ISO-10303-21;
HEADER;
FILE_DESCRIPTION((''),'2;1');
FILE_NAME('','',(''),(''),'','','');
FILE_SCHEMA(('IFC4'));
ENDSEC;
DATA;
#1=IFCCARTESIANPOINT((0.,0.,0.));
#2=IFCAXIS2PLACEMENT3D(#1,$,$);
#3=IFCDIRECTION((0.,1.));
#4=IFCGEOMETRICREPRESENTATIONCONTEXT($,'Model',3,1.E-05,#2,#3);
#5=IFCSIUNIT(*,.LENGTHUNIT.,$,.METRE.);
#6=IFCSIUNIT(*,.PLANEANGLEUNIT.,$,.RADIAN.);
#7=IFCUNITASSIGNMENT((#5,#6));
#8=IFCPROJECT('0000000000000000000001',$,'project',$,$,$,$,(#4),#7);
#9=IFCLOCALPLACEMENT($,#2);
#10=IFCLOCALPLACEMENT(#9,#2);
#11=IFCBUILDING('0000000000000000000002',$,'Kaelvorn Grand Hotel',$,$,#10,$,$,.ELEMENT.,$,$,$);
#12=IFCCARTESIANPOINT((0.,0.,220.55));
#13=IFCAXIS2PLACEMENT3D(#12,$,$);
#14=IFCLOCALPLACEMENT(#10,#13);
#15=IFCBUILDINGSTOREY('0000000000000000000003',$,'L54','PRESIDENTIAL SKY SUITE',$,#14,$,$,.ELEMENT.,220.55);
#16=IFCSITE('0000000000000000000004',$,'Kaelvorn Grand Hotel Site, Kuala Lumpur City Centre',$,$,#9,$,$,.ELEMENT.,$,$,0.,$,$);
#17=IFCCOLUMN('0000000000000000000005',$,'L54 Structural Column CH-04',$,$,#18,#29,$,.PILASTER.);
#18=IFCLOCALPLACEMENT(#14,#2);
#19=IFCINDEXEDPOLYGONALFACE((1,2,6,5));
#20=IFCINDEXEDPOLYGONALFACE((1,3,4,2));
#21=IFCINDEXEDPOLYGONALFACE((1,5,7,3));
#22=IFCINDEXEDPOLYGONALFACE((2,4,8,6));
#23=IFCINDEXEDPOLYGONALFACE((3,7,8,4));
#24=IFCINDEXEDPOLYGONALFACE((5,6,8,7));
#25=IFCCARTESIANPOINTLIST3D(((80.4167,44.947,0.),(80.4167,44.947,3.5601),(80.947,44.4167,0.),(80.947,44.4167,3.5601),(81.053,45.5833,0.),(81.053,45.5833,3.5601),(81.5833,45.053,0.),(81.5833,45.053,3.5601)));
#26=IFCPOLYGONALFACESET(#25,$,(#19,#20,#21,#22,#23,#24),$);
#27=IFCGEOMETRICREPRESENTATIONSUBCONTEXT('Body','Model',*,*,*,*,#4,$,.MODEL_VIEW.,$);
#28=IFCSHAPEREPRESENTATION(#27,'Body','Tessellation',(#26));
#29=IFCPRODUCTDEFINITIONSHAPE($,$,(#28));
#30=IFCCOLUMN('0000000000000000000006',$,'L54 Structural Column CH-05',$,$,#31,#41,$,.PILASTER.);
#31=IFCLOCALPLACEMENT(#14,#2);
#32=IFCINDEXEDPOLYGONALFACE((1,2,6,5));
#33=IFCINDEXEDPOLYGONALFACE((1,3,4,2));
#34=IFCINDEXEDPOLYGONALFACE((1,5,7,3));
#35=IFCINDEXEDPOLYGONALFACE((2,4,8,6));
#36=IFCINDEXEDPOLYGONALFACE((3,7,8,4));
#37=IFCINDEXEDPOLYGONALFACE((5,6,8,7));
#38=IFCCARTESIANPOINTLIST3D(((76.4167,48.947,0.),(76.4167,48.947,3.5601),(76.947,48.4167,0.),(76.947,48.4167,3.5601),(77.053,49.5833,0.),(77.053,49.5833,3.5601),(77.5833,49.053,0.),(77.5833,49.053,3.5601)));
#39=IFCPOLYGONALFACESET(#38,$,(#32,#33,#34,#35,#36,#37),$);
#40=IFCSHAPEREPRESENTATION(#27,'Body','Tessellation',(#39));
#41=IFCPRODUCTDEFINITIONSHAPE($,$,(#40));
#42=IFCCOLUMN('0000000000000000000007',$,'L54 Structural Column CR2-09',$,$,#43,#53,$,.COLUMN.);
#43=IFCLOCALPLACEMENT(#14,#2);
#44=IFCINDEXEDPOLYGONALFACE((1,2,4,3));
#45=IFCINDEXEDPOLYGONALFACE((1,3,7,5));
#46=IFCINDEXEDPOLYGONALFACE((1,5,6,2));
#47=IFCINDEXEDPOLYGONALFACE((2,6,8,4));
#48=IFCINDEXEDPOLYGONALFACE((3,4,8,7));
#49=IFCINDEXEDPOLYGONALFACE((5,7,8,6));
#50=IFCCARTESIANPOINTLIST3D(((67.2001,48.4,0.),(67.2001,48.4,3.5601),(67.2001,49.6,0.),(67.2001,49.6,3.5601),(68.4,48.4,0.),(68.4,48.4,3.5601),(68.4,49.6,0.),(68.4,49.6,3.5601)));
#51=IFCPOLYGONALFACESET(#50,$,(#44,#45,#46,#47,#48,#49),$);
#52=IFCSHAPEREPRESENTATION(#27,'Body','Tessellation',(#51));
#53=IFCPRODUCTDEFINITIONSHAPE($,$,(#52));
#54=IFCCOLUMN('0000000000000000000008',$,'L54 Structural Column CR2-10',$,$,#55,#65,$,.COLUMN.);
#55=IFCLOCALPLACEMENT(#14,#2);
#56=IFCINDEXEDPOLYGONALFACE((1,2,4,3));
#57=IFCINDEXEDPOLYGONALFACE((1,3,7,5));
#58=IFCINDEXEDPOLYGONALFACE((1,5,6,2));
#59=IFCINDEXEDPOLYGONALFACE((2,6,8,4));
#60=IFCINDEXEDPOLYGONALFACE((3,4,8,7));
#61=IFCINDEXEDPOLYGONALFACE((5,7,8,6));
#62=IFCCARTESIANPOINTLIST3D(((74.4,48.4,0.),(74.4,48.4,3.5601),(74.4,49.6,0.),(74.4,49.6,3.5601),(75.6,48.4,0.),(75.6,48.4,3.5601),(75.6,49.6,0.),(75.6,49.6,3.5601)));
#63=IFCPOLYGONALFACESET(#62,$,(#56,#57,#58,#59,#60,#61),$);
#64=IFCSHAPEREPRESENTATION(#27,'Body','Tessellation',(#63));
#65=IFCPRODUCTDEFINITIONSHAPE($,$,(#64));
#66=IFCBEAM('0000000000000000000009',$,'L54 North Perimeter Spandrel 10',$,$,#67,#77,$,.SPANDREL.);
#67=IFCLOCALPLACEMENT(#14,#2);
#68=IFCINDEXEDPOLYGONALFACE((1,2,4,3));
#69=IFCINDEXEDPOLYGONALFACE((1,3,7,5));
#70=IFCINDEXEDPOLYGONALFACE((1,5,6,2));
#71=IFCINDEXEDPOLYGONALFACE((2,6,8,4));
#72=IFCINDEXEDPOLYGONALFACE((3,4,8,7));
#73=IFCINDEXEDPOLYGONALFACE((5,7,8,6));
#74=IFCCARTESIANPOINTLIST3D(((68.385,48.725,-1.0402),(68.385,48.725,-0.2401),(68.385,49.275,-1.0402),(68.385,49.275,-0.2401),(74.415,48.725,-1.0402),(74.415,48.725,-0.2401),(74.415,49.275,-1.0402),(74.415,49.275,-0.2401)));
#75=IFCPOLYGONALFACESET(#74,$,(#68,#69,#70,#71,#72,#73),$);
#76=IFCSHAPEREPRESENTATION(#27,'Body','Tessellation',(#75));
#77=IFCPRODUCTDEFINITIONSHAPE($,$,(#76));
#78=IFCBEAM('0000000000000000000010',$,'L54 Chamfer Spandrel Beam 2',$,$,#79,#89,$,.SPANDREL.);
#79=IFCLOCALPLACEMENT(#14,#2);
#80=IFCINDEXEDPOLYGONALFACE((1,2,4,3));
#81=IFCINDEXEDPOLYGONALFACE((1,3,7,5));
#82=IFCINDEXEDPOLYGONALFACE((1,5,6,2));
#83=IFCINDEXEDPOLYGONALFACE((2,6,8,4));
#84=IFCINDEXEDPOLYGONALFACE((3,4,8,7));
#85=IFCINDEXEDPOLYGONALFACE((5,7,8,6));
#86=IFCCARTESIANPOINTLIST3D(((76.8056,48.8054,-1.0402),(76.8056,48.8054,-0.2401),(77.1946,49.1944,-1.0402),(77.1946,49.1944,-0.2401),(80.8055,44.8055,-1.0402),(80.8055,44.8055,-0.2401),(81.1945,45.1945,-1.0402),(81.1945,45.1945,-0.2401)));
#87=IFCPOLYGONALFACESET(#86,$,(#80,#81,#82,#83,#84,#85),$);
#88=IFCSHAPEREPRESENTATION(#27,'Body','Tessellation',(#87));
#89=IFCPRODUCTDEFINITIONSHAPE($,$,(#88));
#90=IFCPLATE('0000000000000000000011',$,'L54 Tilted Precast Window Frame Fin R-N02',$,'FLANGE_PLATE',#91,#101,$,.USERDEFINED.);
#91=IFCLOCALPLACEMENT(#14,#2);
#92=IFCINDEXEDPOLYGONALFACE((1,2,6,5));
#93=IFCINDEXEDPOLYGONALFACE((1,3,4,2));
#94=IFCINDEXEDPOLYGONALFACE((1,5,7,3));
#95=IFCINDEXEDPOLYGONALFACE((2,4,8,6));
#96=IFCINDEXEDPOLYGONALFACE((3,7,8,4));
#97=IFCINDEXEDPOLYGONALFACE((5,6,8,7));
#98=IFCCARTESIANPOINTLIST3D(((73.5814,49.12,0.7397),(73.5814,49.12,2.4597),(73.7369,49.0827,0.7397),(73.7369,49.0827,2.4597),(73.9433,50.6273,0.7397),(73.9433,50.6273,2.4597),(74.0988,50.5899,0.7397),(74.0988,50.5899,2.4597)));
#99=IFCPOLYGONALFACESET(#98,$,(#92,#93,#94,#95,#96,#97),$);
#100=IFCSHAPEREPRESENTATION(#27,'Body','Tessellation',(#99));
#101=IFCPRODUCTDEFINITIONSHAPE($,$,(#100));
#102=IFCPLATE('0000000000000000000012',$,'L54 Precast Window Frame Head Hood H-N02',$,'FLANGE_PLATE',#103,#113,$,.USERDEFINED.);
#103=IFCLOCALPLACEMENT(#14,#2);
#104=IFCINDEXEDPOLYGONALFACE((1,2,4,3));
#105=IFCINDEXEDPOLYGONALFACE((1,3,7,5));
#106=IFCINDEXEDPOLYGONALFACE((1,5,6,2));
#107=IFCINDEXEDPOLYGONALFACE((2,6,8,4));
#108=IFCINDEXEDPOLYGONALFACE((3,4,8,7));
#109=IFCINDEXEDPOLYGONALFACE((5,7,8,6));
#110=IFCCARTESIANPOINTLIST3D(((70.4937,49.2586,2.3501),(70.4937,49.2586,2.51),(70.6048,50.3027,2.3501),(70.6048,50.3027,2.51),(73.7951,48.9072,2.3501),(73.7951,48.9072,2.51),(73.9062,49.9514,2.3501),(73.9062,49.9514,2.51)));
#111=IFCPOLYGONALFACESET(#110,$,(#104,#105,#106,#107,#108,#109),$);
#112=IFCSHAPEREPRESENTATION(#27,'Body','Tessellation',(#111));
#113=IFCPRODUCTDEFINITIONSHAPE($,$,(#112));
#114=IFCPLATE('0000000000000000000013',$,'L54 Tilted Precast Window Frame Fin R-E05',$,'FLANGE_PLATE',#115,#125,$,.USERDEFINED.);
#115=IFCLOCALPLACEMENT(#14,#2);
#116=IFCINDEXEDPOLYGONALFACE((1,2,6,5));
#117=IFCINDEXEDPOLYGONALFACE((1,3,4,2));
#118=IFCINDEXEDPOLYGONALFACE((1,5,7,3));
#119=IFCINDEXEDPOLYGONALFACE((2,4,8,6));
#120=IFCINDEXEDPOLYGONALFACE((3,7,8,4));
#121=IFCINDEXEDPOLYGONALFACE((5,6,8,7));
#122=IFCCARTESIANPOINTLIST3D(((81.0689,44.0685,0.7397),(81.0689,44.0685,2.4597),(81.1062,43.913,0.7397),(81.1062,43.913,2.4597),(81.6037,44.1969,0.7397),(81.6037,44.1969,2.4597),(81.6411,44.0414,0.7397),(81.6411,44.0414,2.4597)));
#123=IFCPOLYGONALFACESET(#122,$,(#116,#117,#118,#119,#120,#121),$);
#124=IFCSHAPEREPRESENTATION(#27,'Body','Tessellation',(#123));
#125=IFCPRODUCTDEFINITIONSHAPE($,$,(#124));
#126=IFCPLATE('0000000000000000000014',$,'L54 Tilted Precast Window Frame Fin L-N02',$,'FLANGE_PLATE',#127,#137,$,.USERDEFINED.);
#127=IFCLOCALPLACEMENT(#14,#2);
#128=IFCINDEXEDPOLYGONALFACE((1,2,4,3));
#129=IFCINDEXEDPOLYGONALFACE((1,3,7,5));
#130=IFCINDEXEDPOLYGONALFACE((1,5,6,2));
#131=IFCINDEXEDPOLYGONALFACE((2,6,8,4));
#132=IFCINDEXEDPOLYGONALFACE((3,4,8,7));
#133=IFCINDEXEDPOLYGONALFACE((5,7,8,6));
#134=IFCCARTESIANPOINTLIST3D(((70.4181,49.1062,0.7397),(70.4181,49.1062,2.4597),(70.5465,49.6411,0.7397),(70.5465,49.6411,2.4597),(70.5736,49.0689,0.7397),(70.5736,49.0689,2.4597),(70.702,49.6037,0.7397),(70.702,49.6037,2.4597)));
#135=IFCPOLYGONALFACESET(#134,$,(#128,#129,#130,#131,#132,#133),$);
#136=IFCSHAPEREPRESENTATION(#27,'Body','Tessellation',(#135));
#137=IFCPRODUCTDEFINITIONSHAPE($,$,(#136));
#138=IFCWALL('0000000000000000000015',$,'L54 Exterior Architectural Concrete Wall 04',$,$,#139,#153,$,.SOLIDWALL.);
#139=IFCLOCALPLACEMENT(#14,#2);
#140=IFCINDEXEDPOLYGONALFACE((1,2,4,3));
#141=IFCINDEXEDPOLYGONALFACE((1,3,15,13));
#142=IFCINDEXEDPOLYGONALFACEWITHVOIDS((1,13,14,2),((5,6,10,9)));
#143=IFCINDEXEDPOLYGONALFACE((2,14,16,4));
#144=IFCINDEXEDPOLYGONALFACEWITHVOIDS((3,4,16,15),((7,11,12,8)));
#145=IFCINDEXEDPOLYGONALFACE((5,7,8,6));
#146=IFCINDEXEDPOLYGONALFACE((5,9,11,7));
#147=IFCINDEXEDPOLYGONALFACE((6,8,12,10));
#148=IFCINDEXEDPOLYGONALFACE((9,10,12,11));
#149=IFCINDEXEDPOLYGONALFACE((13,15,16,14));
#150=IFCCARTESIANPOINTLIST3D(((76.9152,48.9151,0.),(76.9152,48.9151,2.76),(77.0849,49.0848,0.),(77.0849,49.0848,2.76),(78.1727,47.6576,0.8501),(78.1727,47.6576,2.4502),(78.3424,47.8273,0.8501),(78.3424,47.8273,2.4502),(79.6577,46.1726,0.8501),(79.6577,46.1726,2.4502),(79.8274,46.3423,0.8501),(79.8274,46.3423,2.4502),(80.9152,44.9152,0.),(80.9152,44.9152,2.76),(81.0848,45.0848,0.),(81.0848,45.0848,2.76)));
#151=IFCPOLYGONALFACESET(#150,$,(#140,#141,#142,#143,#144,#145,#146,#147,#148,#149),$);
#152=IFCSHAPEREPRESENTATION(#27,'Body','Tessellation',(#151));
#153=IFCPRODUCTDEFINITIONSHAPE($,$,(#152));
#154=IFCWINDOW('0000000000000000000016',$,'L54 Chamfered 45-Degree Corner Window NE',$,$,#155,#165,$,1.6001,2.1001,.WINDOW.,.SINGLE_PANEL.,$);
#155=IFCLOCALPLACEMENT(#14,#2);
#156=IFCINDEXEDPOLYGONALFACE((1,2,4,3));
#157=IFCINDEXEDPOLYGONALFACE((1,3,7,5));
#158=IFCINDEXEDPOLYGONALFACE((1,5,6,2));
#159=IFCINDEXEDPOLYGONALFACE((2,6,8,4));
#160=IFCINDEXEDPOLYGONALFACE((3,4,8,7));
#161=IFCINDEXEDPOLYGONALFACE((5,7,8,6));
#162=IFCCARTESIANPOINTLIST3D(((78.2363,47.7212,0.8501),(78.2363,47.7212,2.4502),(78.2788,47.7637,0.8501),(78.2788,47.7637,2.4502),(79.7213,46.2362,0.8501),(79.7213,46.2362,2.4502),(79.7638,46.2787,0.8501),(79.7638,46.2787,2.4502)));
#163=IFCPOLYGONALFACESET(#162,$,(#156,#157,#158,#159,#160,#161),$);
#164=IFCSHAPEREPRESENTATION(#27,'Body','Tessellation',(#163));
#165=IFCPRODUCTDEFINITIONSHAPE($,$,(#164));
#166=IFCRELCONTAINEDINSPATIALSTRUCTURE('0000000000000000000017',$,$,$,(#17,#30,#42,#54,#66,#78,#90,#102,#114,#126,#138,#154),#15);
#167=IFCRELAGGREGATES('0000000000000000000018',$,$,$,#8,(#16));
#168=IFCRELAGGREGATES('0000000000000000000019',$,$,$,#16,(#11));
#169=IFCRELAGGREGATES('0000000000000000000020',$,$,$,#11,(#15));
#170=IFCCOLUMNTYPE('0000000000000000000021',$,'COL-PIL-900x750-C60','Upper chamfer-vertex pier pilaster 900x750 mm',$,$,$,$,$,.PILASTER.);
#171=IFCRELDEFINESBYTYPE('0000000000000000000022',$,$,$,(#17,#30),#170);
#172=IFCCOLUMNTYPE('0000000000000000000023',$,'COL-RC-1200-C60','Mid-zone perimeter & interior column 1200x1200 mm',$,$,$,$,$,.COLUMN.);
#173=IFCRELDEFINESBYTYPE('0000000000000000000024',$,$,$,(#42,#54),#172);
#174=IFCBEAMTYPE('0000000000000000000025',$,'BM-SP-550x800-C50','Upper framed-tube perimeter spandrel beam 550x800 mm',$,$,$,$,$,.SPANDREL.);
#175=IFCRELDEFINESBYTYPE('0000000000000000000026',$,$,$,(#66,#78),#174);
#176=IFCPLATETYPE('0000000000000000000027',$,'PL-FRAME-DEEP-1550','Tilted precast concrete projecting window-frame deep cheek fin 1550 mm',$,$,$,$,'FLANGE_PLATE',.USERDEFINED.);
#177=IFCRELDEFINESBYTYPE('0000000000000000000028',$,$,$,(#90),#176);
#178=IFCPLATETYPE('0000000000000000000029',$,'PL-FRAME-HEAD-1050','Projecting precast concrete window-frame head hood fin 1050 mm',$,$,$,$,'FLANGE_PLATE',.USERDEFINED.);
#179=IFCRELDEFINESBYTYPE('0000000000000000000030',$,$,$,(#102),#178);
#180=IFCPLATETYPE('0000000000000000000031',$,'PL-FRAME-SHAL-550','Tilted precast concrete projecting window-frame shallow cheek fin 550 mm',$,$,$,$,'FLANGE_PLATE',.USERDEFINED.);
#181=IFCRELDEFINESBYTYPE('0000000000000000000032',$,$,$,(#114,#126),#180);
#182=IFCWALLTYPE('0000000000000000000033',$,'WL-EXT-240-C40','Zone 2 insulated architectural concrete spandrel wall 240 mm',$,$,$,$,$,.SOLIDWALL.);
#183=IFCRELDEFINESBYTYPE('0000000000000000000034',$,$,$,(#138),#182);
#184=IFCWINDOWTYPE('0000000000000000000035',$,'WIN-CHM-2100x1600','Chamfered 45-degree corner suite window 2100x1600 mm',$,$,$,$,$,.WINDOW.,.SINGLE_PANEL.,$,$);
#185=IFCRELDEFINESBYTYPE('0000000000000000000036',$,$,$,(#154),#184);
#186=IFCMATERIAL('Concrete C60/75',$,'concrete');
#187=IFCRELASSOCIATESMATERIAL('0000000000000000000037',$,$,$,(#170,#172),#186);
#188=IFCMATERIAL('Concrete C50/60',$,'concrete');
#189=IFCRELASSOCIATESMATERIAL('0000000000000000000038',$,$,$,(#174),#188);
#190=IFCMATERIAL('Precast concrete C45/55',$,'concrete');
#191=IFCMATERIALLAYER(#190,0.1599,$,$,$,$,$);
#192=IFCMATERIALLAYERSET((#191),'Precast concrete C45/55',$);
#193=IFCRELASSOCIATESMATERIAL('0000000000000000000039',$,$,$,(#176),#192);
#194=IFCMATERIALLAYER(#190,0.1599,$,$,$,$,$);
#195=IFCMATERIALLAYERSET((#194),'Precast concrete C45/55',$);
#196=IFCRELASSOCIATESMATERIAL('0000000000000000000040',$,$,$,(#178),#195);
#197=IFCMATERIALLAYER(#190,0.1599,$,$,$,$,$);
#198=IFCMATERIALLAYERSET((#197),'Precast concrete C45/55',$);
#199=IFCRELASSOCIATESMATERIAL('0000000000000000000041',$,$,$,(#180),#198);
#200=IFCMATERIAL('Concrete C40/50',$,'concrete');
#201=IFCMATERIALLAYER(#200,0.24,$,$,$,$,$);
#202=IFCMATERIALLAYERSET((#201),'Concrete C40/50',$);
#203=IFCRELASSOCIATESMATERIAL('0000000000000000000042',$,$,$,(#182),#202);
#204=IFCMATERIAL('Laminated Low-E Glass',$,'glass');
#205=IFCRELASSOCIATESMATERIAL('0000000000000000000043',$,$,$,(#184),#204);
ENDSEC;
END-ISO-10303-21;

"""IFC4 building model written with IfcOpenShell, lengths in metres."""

from ifc_helpers import new_model, si_unit, direction, frame, frame_2d, origin, origin_2d, place, context, subcontext, project, spatial, rectangle, extrude, material, layer, layer_set, material_profile, profile_set, type_object, element, fill, save


model = new_model("IFC4")

# Units and contexts
model_context = context("Model", 3, precision=1e-05, world=origin(), true_north=direction((0.0, 1.0)))
body_context = subcontext(model_context, "Body", "Model", "MODEL_VIEW")
ifc_project = project(units=[si_unit("LENGTHUNIT", "METRE"), si_unit("PLANEANGLEUNIT", "RADIAN")], contexts=[model_context])

# Site, building, storey
site_placement = place(None, origin())
site = spatial("IfcSite", under=ifc_project, at=site_placement, Name="Kaelvorn Grand Hotel Site, Kuala Lumpur City Centre", CompositionType="ELEMENT", RefElevation=0.0)
building_placement = place(site_placement, origin())
building = spatial("IfcBuilding", under=site, at=building_placement, Name="Kaelvorn Grand Hotel", CompositionType="ELEMENT")
storey_placement = place(building_placement, frame((0.0, 0.0, 220.55)))
storey = spatial("IfcBuildingStorey", under=building, at=storey_placement, Name="L54", Description="PRESIDENTIAL SKY SUITE", CompositionType="ELEMENT", Elevation=220.55)

# Columns
ifc_material_1 = material(Name="Concrete C60/75", Category="concrete")
ifc_material_profile_1 = material_profile(ifc_material_1, rectangle(XDim=0.8999, YDim=0.75, at=origin_2d()), Name="RC PILASTER 900x750")
ifc_profile_set_1 = profile_set([ifc_material_profile_1], Name="Concrete C60/75")
column_type_1 = type_object("IfcColumnType", Name="COL-PIL-900x750-C60", Description="Upper chamfer-vertex pier pilaster 900x750 mm", PredefinedType="PILASTER", material=ifc_profile_set_1)
for number, where, z_axis, x_axis, name in (
    (1, (81.0, 45.0, 0.0), (0.0, 0.0, 1.0), (0.707107, 0.707107, 0.0), "L54 Structural Column CH-04"),
    (2, (77.0, 49.0, 0.0), (0.0, 0.0, 1.0), (0.707107, 0.707107, 0.0), "L54 Structural Column CH-05"),
):
    element("IfcColumn", number, at=place(storey_placement, frame(where, z_axis=z_axis, x_axis=x_axis)), inside=storey, type_object=column_type_1, Name=name, PredefinedType="PILASTER", context=body_context, shape_type="SweptSolid", body=[
        extrude(rectangle(XDim=0.8999, YDim=0.75, at=origin_2d()), origin(), (0.0, 0.0, 1.0), 3.5601),
    ])
ifc_material_profile_2 = material_profile(ifc_material_1, rectangle(XDim=1.2, YDim=1.2, at=origin_2d()), Name="RC COL 1200x1200")
ifc_profile_set_2 = profile_set([ifc_material_profile_2], Name="Concrete C60/75")
column_type_2 = type_object("IfcColumnType", Name="COL-RC-1200-C60", Description="Mid-zone perimeter & interior column 1200x1200 mm", PredefinedType="COLUMN", material=ifc_profile_set_2)
for number, where, z_axis, x_axis, name in (
    (3, (67.8, 49.0, 0.0), (0.0, 0.0, 1.0), (1.0, 0.0, 0.0), "L54 Structural Column CR2-09"),
    (4, (75.0, 49.0, 0.0), (0.0, 0.0, 1.0), (1.0, 0.0, 0.0), "L54 Structural Column CR2-10"),
):
    element("IfcColumn", number, at=place(storey_placement, frame(where, z_axis=z_axis, x_axis=x_axis)), inside=storey, type_object=column_type_2, Name=name, PredefinedType="COLUMN", context=body_context, shape_type="SweptSolid", body=[
        extrude(rectangle(XDim=1.2, YDim=1.2, at=origin_2d()), origin(), (0.0, 0.0, 1.0), 3.5601),
    ])

# Beams
ifc_material_2 = material(Name="Concrete C50/60", Category="concrete")
ifc_material_profile_3 = material_profile(ifc_material_2, rectangle(XDim=0.55, YDim=0.8, at=origin_2d()), Name="RC SPANDREL 550x800")
ifc_profile_set_3 = profile_set([ifc_material_profile_3], Name="Concrete C50/60")
beam_type = type_object("IfcBeamType", Name="BM-SP-550x800-C50", Description="Upper framed-tube perimeter spandrel beam 550x800 mm", PredefinedType="SPANDREL", material=ifc_profile_set_3)
beam_1_placement = place(storey_placement, frame((68.385, 49.0, -0.6401), z_axis=(1.0, 0.0, 0.0), x_axis=(0.0, 1.0, 0.0)))
element("IfcBeam", 5, at=beam_1_placement, inside=storey, type_object=beam_type, Name="L54 North Perimeter Spandrel 10", PredefinedType="SPANDREL", context=body_context, shape_type="SweptSolid", body=[
    extrude(rectangle(XDim=0.55, YDim=0.8, at=origin_2d()), origin(), (0.0, 0.0, 1.0), 6.03),
])
beam_2_placement = place(storey_placement, frame((81.0, 45.0, -0.6401), z_axis=(-0.707107, 0.707107, 0.0), x_axis=(-0.707107, -0.707107, 0.0)))
element("IfcBeam", 6, at=beam_2_placement, inside=storey, type_object=beam_type, Name="L54 Chamfer Spandrel Beam 2", PredefinedType="SPANDREL", context=body_context, shape_type="SweptSolid", body=[
    extrude(rectangle(XDim=0.55, YDim=0.8, at=origin_2d()), origin(), (0.0, 0.0, 1.0), 5.6567),
])

# Plates
ifc_material_3 = material(Name="Precast concrete C45/55", Category="concrete")
ifc_layer_1 = layer(ifc_material_3, 0.1599)
ifc_layer_set_1 = layer_set([ifc_layer_1], Name="Precast concrete C45/55")
plate_type_1 = type_object("IfcPlateType", Name="PL-FRAME-DEEP-1550", Description="Tilted precast concrete projecting window-frame deep cheek fin 1550 mm", ElementType="FLANGE_PLATE", PredefinedType="USERDEFINED", material=ifc_layer_set_1)
plate_1_placement = place(storey_placement, frame((73.8401, 49.855, 0.7397), z_axis=(0.0, 0.0, 1.0), x_axis=(0.97237, -0.233445, 0.0)))
element("IfcPlate", 7, at=plate_1_placement, inside=storey, type_object=plate_type_1, Name="L54 Tilted Precast Window Frame Fin R-N02", ObjectType="FLANGE_PLATE", PredefinedType="USERDEFINED", context=body_context, shape_type="SweptSolid", body=[
    extrude(rectangle(XDim=0.1599, YDim=1.55, at=origin_2d()), origin(), (0.0, 0.0, 1.0), 1.72),
])
ifc_layer_2 = layer(ifc_material_3, 0.1599)
ifc_layer_set_2 = layer_set([ifc_layer_2], Name="Precast concrete C45/55")
plate_type_2 = type_object("IfcPlateType", Name="PL-FRAME-HEAD-1050", Description="Projecting precast concrete window-frame head hood fin 1050 mm", ElementType="FLANGE_PLATE", PredefinedType="USERDEFINED", material=ifc_layer_set_2)
plate_2_placement = place(storey_placement, frame((72.2, 49.605, 2.3501), z_axis=(0.0, 0.0, 1.0), x_axis=(0.994384, -0.10583, 0.0)))
element("IfcPlate", 8, at=plate_2_placement, inside=storey, type_object=plate_type_2, Name="L54 Precast Window Frame Head Hood H-N02", ObjectType="FLANGE_PLATE", PredefinedType="USERDEFINED", context=body_context, shape_type="SweptSolid", body=[
    extrude(rectangle(XDim=3.3201, YDim=1.05, at=origin_2d()), origin(), (0.0, 0.0, 1.0), 0.1599),
])
ifc_layer_3 = layer(ifc_material_3, 0.1599)
ifc_layer_set_3 = layer_set([ifc_layer_3], Name="Precast concrete C45/55")
plate_type_3 = type_object("IfcPlateType", Name="PL-FRAME-SHAL-550", Description="Tilted precast concrete projecting window-frame shallow cheek fin 550 mm", ElementType="FLANGE_PLATE", PredefinedType="USERDEFINED", material=ifc_layer_set_3)
for number, where, z_axis, x_axis, name in (
    (9, (81.355, 44.0549, 0.7397), (0.0, 0.0, 1.0), (-0.233445, 0.97237, 0.0), "L54 Tilted Precast Window Frame Fin R-E05"),
    (10, (70.5601, 49.355, 0.7397), (0.0, 0.0, 1.0), (0.97237, -0.233445, 0.0), "L54 Tilted Precast Window Frame Fin L-N02"),
):
    element("IfcPlate", number, at=place(storey_placement, frame(where, z_axis=z_axis, x_axis=x_axis)), inside=storey, type_object=plate_type_3, Name=name, ObjectType="FLANGE_PLATE", PredefinedType="USERDEFINED", context=body_context, shape_type="SweptSolid", body=[
        extrude(rectangle(XDim=0.1599, YDim=0.55, at=origin_2d()), origin(), (0.0, 0.0, 1.0), 1.72),
    ])

# Wall, opening, window
ifc_material_4 = material(Name="Concrete C40/50", Category="concrete")
ifc_layer_4 = layer(ifc_material_4, 0.24)
ifc_layer_set_4 = layer_set([ifc_layer_4], Name="Concrete C40/50")
wall_type = type_object("IfcWallType", Name="WL-EXT-240-C40", Description="Zone 2 insulated architectural concrete spandrel wall 240 mm", PredefinedType="SOLIDWALL", material=ifc_layer_set_4)
wall_1_placement = place(storey_placement, frame((81.0, 45.0, 0.0), z_axis=(0.0, 0.0, 1.0), x_axis=(-0.707107, 0.707107, 0.0)))
wall_1 = element("IfcWall", 11, at=wall_1_placement, inside=storey, type_object=wall_type, Name="L54 Exterior Architectural Concrete Wall 04", PredefinedType="SOLIDWALL", context=body_context, shape_type="SweptSolid", body=[
    extrude(rectangle(XDim=5.6567, YDim=0.24, at=frame_2d((2.8284, 0.0))), origin(), (0.0, 0.0, 1.0), 2.76),
])
opening_1_placement = place(wall_1_placement, frame((1.7783, 0.0, 0.8501)))
opening_1 = element("IfcOpeningElement", 12, at=opening_1_placement, cuts=wall_1, PredefinedType="OPENING", context=body_context, shape_type="SweptSolid", body=[
    extrude(rectangle(XDim=2.1001, YDim=1.6001, at=frame_2d((1.05, 0.8))), frame((0.0, 0.1299, 0.0), z_axis=(0.0, -1.0, 0.0), x_axis=(1.0, 0.0, 0.0)), (0.0, 0.0, 1.0), 0.26),
])
ifc_material_5 = material(Name="Laminated Low-E Glass", Category="glass")
window_type_1 = type_object("IfcWindowType", Name="WIN-CHM-2100x1600", Description="Chamfered 45-degree corner suite window 2100x1600 mm", PartitioningType="SINGLE_PANEL", PredefinedType="WINDOW", material=ifc_material_5)
window_1_placement = place(opening_1_placement, origin())
window_1 = element("IfcWindow", 13, at=window_1_placement, inside=storey, type_object=window_type_1, Name="L54 Chamfered 45-Degree Corner Window NE", OverallHeight=1.6001, OverallWidth=2.1001, PartitioningType="SINGLE_PANEL", PredefinedType="WINDOW", context=body_context, shape_type="SweptSolid", body=[
    extrude(rectangle(XDim=2.1001, YDim=1.6001, at=frame_2d((1.05, 0.8))), frame((0.0, 0.03, 0.0), z_axis=(0.0, -1.0, 0.0), x_axis=(1.0, 0.0, 0.0)), (0.0, 0.0, 1.0), 0.0601),
])
fill(opening_1, window_1)

save(model, "model.ifc")
